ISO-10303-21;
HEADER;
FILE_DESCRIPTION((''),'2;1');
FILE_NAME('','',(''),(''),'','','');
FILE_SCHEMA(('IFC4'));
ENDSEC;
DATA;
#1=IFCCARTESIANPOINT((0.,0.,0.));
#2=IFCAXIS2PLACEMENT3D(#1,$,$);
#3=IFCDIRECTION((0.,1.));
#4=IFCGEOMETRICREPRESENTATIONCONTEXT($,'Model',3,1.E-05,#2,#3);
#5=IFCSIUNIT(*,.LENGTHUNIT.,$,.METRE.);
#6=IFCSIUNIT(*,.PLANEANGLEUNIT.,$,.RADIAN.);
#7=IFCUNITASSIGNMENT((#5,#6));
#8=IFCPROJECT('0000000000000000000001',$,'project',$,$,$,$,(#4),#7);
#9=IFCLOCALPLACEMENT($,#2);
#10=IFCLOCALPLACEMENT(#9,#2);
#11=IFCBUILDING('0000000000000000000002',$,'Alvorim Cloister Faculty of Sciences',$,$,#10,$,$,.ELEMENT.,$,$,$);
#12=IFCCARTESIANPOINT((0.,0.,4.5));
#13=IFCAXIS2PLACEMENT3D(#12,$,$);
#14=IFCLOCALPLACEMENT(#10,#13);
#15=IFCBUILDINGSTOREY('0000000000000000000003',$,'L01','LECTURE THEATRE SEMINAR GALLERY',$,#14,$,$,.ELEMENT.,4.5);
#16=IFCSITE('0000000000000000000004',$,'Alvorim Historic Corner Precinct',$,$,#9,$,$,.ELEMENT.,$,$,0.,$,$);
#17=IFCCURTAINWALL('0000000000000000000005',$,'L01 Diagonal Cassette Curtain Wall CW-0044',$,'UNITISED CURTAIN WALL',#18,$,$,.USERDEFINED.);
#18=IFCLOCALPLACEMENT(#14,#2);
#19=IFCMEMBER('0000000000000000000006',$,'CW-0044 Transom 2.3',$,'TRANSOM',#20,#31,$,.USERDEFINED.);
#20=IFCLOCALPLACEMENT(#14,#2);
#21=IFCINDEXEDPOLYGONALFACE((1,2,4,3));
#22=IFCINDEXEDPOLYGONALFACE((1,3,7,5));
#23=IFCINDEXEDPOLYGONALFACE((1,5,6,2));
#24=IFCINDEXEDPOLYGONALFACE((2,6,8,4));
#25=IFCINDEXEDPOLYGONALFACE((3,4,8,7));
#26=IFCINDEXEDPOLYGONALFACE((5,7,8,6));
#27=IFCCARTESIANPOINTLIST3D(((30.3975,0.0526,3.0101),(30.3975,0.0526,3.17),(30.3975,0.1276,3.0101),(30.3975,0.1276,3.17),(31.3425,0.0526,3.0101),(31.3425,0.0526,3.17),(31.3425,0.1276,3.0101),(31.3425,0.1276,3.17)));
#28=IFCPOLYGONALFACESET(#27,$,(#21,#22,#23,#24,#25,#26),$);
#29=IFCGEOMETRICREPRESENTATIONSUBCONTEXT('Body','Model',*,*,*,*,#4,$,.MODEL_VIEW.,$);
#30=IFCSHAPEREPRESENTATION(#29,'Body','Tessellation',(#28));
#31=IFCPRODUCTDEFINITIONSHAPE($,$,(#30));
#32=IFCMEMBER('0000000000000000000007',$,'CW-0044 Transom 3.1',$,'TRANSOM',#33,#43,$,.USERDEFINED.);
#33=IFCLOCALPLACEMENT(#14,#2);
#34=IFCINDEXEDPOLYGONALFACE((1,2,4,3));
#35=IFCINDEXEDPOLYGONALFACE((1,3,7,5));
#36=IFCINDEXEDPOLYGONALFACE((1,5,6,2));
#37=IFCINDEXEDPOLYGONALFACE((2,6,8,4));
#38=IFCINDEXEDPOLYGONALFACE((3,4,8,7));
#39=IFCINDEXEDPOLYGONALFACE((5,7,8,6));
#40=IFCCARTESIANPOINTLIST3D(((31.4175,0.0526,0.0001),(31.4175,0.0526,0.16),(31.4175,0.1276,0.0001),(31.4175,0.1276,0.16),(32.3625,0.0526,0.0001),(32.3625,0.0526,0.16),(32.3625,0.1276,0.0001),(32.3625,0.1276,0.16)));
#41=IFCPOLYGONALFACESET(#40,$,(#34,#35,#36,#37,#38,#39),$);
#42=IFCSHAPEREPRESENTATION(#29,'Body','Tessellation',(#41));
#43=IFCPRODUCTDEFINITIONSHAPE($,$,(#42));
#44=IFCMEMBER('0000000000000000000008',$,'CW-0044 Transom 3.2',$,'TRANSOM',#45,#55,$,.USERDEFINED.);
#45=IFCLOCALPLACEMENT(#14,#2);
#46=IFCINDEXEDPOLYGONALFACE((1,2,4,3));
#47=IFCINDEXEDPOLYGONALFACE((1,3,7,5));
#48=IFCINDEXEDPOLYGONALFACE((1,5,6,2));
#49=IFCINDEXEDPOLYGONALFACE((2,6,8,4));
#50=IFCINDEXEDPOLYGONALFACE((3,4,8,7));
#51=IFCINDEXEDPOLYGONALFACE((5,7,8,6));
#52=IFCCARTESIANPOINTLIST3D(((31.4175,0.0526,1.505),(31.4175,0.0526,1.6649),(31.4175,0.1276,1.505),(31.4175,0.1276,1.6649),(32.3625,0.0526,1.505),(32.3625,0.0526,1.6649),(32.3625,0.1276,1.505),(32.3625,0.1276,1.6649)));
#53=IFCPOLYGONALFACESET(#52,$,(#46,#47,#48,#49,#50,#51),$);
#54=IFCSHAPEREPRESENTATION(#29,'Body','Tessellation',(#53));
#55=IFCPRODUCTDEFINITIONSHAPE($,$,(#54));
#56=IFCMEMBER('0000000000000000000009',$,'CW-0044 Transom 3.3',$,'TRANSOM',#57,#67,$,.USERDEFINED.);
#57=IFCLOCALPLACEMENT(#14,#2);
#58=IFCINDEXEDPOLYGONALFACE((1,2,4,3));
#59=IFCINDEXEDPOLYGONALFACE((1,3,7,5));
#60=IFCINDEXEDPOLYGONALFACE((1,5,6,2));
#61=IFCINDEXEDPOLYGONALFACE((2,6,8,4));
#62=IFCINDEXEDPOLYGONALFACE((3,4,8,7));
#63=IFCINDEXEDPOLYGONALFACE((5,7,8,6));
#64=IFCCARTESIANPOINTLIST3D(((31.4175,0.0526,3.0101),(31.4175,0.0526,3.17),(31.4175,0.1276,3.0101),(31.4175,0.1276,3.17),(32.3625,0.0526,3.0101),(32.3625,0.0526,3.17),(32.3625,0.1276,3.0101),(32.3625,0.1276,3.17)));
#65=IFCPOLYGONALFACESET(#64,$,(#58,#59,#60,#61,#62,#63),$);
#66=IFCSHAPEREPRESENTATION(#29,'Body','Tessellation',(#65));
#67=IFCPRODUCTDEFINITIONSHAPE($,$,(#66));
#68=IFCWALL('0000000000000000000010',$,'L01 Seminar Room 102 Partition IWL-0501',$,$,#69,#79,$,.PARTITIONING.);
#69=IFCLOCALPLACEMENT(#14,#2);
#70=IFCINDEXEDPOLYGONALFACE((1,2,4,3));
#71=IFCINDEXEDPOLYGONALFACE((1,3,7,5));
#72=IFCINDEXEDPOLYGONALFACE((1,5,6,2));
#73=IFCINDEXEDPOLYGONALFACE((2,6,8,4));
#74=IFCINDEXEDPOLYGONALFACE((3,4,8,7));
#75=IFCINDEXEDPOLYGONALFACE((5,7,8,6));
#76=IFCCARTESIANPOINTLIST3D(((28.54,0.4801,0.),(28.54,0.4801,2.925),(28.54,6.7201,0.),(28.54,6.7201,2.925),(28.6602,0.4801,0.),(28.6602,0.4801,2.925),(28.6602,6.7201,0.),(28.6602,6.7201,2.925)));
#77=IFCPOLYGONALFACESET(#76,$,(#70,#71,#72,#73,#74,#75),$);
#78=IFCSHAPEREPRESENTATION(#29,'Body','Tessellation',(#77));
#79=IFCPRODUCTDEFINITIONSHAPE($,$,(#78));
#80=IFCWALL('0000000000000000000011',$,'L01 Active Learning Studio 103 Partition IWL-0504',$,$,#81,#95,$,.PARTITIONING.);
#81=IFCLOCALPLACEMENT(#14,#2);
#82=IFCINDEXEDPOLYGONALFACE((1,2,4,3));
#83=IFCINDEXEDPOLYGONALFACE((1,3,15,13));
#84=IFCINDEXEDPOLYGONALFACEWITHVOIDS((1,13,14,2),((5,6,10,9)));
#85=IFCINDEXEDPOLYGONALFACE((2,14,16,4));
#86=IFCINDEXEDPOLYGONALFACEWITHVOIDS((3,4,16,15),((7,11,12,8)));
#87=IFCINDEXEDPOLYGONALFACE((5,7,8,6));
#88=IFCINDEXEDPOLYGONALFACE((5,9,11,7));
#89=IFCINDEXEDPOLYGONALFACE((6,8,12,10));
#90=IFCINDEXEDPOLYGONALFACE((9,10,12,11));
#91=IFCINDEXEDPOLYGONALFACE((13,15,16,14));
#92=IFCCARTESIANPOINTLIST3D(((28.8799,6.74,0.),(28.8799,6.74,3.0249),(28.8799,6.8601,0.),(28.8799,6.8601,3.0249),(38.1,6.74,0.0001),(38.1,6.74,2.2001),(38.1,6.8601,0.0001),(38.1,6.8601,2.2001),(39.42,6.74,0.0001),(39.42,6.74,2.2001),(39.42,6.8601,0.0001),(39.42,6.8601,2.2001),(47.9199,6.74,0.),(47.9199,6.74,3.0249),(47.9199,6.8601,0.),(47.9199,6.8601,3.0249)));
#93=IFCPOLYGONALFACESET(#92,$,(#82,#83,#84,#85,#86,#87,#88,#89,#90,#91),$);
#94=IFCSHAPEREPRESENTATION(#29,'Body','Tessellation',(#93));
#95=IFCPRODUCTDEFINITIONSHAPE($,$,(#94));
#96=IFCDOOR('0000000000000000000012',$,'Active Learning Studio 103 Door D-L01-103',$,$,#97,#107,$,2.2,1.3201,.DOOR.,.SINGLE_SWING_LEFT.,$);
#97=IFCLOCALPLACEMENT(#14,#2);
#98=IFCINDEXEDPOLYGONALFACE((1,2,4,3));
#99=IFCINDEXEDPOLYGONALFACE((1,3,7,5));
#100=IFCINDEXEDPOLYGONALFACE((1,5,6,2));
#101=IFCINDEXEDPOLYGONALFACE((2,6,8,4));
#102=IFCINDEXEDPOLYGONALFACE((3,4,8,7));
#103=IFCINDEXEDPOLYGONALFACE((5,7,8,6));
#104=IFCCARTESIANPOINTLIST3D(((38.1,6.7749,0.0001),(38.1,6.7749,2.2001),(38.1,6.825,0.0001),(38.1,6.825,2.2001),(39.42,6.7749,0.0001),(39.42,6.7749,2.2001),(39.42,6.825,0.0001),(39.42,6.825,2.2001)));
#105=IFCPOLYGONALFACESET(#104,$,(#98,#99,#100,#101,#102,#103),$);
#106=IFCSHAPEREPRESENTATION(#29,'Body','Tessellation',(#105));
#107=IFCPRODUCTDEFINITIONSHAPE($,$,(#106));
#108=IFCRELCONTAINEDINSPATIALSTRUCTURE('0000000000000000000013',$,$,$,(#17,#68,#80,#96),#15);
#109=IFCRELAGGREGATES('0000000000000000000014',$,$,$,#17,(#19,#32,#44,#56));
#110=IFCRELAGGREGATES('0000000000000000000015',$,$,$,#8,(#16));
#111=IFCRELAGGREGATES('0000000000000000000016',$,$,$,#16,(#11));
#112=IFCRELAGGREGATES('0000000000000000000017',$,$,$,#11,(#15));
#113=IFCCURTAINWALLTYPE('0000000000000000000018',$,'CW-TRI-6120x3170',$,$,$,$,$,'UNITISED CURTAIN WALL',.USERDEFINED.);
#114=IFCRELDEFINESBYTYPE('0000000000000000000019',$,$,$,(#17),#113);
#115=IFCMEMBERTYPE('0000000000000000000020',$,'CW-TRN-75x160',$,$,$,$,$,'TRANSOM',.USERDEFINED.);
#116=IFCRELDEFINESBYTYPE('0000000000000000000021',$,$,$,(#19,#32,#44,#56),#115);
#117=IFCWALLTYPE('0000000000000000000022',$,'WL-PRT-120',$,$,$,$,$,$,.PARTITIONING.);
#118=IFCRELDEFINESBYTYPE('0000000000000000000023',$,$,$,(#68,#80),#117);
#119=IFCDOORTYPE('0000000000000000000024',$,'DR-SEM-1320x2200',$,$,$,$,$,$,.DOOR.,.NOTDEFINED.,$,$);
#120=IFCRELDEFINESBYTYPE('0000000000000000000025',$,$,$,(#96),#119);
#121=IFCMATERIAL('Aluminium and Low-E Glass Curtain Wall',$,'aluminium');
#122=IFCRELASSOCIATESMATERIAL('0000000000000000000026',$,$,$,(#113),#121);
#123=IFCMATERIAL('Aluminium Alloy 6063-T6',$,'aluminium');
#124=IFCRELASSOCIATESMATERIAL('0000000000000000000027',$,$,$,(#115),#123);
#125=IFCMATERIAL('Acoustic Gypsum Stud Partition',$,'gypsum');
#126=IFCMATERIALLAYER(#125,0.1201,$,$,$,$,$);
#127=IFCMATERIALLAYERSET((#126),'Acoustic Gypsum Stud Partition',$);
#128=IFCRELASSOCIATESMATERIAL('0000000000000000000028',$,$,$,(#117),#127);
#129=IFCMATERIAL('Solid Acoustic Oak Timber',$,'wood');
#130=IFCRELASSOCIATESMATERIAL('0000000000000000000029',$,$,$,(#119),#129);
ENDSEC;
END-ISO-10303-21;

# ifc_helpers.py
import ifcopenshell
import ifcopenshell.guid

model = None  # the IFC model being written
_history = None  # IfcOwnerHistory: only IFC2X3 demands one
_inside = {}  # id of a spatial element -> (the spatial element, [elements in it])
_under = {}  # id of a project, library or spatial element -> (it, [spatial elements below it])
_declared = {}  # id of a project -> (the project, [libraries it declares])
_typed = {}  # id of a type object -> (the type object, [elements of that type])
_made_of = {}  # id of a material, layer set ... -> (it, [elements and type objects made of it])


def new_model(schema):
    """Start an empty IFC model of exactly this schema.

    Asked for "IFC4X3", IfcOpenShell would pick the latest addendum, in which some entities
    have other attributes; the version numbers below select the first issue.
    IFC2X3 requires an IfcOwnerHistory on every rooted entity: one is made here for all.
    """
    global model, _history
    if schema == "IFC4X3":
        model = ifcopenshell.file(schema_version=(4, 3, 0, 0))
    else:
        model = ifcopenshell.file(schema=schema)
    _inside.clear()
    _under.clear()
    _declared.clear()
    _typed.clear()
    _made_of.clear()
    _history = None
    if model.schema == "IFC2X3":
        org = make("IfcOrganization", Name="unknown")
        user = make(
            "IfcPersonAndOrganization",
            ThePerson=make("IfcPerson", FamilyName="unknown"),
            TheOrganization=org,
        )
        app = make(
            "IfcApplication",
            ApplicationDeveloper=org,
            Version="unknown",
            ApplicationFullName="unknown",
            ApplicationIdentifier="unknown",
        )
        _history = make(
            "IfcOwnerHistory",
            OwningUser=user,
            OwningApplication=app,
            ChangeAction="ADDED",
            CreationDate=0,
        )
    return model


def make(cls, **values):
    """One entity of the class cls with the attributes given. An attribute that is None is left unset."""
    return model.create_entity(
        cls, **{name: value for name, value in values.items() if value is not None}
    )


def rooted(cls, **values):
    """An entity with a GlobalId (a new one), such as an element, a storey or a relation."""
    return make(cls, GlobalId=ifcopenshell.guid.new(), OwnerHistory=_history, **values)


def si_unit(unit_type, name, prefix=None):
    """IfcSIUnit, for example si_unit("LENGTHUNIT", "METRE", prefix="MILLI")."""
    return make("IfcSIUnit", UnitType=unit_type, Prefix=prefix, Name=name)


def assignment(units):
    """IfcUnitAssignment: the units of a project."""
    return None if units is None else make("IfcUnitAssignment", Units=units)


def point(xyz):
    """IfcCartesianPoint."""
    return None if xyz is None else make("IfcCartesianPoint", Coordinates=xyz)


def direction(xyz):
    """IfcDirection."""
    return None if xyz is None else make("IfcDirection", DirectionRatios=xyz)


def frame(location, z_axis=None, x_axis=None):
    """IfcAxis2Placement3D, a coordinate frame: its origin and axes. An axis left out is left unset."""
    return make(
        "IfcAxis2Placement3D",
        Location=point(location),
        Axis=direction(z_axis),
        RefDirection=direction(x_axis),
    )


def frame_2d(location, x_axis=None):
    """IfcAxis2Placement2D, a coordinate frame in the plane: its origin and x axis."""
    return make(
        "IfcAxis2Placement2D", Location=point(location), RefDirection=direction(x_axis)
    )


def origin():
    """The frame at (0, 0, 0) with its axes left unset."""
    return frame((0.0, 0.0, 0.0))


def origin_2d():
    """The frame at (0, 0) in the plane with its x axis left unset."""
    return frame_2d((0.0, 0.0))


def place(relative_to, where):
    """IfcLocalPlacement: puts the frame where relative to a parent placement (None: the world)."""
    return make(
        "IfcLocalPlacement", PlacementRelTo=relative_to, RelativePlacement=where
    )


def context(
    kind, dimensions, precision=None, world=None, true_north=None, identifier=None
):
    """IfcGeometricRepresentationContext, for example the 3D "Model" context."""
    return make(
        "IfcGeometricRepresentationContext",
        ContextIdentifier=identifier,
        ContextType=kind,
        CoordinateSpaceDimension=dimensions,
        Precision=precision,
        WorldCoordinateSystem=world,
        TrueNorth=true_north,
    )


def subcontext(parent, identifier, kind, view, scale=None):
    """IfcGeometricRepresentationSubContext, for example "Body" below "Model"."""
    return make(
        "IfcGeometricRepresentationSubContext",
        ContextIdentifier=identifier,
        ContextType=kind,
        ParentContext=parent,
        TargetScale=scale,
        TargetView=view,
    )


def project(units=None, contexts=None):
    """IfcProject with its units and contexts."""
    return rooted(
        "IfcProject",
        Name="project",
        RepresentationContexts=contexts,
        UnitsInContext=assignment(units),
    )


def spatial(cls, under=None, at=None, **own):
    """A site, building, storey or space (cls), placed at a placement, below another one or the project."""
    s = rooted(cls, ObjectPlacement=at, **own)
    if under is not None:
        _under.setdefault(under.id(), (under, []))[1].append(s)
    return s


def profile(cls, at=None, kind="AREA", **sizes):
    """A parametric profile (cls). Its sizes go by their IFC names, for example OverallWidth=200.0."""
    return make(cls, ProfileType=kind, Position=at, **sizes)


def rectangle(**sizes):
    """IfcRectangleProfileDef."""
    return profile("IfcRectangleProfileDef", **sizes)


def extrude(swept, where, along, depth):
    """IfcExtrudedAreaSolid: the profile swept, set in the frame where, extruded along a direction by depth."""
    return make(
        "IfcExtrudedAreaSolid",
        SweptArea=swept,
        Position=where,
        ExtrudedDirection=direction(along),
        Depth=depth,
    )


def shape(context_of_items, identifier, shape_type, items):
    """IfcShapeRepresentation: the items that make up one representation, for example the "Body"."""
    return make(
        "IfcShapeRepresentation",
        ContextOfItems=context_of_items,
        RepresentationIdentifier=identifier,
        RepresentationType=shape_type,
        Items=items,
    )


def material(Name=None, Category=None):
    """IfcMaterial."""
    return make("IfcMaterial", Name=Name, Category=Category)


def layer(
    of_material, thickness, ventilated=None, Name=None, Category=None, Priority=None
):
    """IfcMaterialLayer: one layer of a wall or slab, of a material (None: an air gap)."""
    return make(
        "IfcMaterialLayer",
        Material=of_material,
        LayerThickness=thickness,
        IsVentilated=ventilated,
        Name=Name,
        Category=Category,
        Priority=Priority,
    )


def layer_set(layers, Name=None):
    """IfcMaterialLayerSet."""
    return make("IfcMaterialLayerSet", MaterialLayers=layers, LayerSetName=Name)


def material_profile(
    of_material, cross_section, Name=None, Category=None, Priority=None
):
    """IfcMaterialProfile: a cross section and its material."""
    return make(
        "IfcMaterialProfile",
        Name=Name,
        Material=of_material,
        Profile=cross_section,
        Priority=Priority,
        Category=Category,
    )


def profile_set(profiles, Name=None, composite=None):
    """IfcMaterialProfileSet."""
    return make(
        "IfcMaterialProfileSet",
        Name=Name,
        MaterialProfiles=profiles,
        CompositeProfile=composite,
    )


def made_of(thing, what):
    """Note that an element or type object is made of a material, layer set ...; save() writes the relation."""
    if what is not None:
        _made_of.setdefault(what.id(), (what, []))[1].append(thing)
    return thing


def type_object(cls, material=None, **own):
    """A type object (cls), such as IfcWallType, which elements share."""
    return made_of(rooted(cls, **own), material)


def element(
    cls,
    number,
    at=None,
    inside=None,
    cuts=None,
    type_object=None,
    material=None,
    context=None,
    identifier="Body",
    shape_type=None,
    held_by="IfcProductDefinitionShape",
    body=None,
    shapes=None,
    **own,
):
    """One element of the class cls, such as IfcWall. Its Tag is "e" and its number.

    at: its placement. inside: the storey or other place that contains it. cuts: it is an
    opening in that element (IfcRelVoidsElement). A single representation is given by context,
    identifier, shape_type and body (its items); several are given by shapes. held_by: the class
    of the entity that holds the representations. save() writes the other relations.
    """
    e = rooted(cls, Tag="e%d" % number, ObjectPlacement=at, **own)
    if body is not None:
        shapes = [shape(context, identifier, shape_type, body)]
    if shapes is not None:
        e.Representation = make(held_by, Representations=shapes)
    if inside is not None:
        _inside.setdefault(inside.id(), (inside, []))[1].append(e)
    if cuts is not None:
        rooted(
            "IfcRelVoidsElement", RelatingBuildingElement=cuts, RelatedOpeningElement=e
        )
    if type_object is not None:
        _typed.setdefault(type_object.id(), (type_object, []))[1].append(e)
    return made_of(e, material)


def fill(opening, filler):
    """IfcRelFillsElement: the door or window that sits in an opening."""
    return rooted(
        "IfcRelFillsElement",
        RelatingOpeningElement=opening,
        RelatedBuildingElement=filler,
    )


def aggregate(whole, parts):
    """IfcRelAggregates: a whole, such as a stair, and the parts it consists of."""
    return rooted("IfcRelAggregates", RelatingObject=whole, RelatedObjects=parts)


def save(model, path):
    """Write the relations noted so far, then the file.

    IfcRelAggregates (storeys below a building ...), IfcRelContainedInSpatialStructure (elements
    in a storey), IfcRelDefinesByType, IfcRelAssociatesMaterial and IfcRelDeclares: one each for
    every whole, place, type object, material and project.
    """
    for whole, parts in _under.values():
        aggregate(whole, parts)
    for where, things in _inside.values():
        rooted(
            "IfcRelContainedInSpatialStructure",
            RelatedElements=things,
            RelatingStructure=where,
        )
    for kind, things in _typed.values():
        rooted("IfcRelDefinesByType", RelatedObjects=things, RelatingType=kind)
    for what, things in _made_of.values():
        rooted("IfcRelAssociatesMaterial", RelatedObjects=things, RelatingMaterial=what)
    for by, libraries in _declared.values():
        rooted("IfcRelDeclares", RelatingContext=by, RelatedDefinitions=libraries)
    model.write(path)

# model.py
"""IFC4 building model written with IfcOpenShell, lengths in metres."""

from ifc_helpers import new_model, si_unit, direction, frame, frame_2d, origin, origin_2d, place, context, subcontext, project, spatial, rectangle, extrude, material, layer, layer_set, material_profile, profile_set, type_object, element, fill, aggregate, save


model = new_model("IFC4")

# Units and contexts
model_context = context("Model", 3, precision=1e-05, world=origin(), true_north=direction((0.0, 1.0)))
body_context = subcontext(model_context, "Body", "Model", "MODEL_VIEW")
ifc_project = project(units=[si_unit("LENGTHUNIT", "METRE"), si_unit("PLANEANGLEUNIT", "RADIAN")], contexts=[model_context])

# Site, building, storey
site_placement = place(None, origin())
site = spatial("IfcSite", under=ifc_project, at=site_placement, Name="Alvorim Historic Corner Precinct", CompositionType="ELEMENT", RefElevation=0.0)
building_placement = place(site_placement, origin())
building = spatial("IfcBuilding", under=site, at=building_placement, Name="Alvorim Cloister Faculty of Sciences", CompositionType="ELEMENT")
storey_placement = place(building_placement, frame((0.0, 0.0, 4.5)))
storey = spatial("IfcBuildingStorey", under=building, at=storey_placement, Name="L01", Description="LECTURE THEATRE SEMINAR GALLERY", CompositionType="ELEMENT", Elevation=4.5)

# Curtain wall, members
ifc_material_1 = material(Name="Aluminium and Low-E Glass Curtain Wall", Category="aluminium")
curtain_wall_type = type_object("IfcCurtainWallType", Name="CW-TRI-6120x3170", ElementType="UNITISED CURTAIN WALL", PredefinedType="USERDEFINED", material=ifc_material_1)
curtain_wall_placement = place(storey_placement, origin())
curtain_wall = element("IfcCurtainWall", 1, at=curtain_wall_placement, inside=storey, type_object=curtain_wall_type, Name="L01 Diagonal Cassette Curtain Wall CW-0044", ObjectType="UNITISED CURTAIN WALL", PredefinedType="USERDEFINED")
ifc_material_2 = material(Name="Aluminium Alloy 6063-T6", Category="aluminium")
ifc_material_profile_1 = material_profile(ifc_material_2, rectangle(XDim=0.075, YDim=0.1599, at=origin_2d()), Name="ALU-TRN-75x160")
ifc_profile_set_1 = profile_set([ifc_material_profile_1], Name="Aluminium Alloy 6063-T6")
member_type_1 = type_object("IfcMemberType", Name="CW-TRN-75x160", ElementType="TRANSOM", PredefinedType="USERDEFINED", material=ifc_profile_set_1)
member_1_placement = place(storey_placement, frame((30.3975, 0.0901, 3.0901), z_axis=(1.0, 0.0, 0.0), x_axis=(0.0, 1.0, 0.0)))
member_1 = element("IfcMember", 2, at=member_1_placement, type_object=member_type_1, Name="CW-0044 Transom 2.3", ObjectType="TRANSOM", PredefinedType="USERDEFINED", context=body_context, shape_type="SweptSolid", body=[
    extrude(rectangle(XDim=0.075, YDim=0.1599, at=origin_2d()), origin(), (0.0, 0.0, 1.0), 0.9451),
])
member_2_placement = place(storey_placement, frame((31.4175, 0.0901, 0.0801), z_axis=(1.0, 0.0, 0.0), x_axis=(0.0, 1.0, 0.0)))
member_2 = element("IfcMember", 3, at=member_2_placement, type_object=member_type_1, Name="CW-0044 Transom 3.1", ObjectType="TRANSOM", PredefinedType="USERDEFINED", context=body_context, shape_type="SweptSolid", body=[
    extrude(rectangle(XDim=0.075, YDim=0.1599, at=origin_2d()), origin(), (0.0, 0.0, 1.0), 0.9451),
])
member_3_placement = place(storey_placement, frame((31.4175, 0.0901, 1.585), z_axis=(1.0, 0.0, 0.0), x_axis=(0.0, 1.0, 0.0)))
member_3 = element("IfcMember", 4, at=member_3_placement, type_object=member_type_1, Name="CW-0044 Transom 3.2", ObjectType="TRANSOM", PredefinedType="USERDEFINED", context=body_context, shape_type="SweptSolid", body=[
    extrude(rectangle(XDim=0.075, YDim=0.1599, at=origin_2d()), origin(), (0.0, 0.0, 1.0), 0.9451),
])
member_4_placement = place(storey_placement, frame((31.4175, 0.0901, 3.0901), z_axis=(1.0, 0.0, 0.0), x_axis=(0.0, 1.0, 0.0)))
member_4 = element("IfcMember", 5, at=member_4_placement, type_object=member_type_1, Name="CW-0044 Transom 3.3", ObjectType="TRANSOM", PredefinedType="USERDEFINED", context=body_context, shape_type="SweptSolid", body=[
    extrude(rectangle(XDim=0.075, YDim=0.1599, at=origin_2d()), origin(), (0.0, 0.0, 1.0), 0.9451),
])
aggregate(curtain_wall, [member_1, member_2, member_3, member_4])

# Wall
ifc_material_3 = material(Name="Acoustic Gypsum Stud Partition", Category="gypsum")
ifc_layer = layer(ifc_material_3, 0.1201)
ifc_layer_set = layer_set([ifc_layer], Name="Acoustic Gypsum Stud Partition")
wall_type = type_object("IfcWallType", Name="WL-PRT-120", PredefinedType="PARTITIONING", material=ifc_layer_set)
wall_1_placement = place(storey_placement, frame((28.6001, 0.48, 0.0), z_axis=(0.0, 0.0, 1.0), x_axis=(0.0, 1.0, 0.0)))
element("IfcWall", 6, at=wall_1_placement, inside=storey, type_object=wall_type, Name="L01 Seminar Room 102 Partition IWL-0501", PredefinedType="PARTITIONING", context=body_context, shape_type="SweptSolid", body=[
    extrude(rectangle(XDim=6.24, YDim=0.1201, at=frame_2d((3.1201, 0.0))), origin(), (0.0, 0.0, 1.0), 2.925),
])

# Wall, opening, door
wall_2_placement = place(storey_placement, frame((28.8799, 6.8, 0.0), z_axis=(0.0, 0.0, 1.0), x_axis=(1.0, 0.0, 0.0)))
wall_2 = element("IfcWall", 7, at=wall_2_placement, inside=storey, type_object=wall_type, Name="L01 Active Learning Studio 103 Partition IWL-0504", PredefinedType="PARTITIONING", context=body_context, shape_type="SweptSolid", body=[
    extrude(rectangle(XDim=19.04, YDim=0.1201, at=frame_2d((9.52, 0.0))), origin(), (0.0, 0.0, 1.0), 3.0249),
])
opening_placement = place(wall_2_placement, frame((9.22, 0.0, 0.0)))
opening = element("IfcOpeningElement", 8, at=opening_placement, cuts=wall_2, PredefinedType="OPENING", context=body_context, shape_type="SweptSolid", body=[
    extrude(rectangle(XDim=1.3201, YDim=2.2, at=frame_2d((0.6602, 1.1001))), frame((0.0, 0.072, 0.0), z_axis=(0.0, -1.0, 0.0), x_axis=(1.0, 0.0, 0.0)), (0.0, 0.0, 1.0), 0.144),
])
ifc_material_4 = material(Name="Solid Acoustic Oak Timber", Category="wood")
door_type = type_object("IfcDoorType", Name="DR-SEM-1320x2200", OperationType="NOTDEFINED", PredefinedType="DOOR", material=ifc_material_4)
door_placement = place(opening_placement, origin())
door = element("IfcDoor", 9, at=door_placement, inside=storey, type_object=door_type, Name="Active Learning Studio 103 Door D-L01-103", OperationType="SINGLE_SWING_LEFT", OverallHeight=2.2, OverallWidth=1.3201, PredefinedType="DOOR", context=body_context, shape_type="SweptSolid", body=[
    extrude(rectangle(XDim=1.3201, YDim=2.2, at=frame_2d((0.6602, 1.1001))), frame((0.0, 0.0249, 0.0), z_axis=(0.0, -1.0, 0.0), x_axis=(1.0, 0.0, 0.0)), (0.0, 0.0, 1.0), 0.05),
])
fill(opening, door)

save(model, "model.ifc")
